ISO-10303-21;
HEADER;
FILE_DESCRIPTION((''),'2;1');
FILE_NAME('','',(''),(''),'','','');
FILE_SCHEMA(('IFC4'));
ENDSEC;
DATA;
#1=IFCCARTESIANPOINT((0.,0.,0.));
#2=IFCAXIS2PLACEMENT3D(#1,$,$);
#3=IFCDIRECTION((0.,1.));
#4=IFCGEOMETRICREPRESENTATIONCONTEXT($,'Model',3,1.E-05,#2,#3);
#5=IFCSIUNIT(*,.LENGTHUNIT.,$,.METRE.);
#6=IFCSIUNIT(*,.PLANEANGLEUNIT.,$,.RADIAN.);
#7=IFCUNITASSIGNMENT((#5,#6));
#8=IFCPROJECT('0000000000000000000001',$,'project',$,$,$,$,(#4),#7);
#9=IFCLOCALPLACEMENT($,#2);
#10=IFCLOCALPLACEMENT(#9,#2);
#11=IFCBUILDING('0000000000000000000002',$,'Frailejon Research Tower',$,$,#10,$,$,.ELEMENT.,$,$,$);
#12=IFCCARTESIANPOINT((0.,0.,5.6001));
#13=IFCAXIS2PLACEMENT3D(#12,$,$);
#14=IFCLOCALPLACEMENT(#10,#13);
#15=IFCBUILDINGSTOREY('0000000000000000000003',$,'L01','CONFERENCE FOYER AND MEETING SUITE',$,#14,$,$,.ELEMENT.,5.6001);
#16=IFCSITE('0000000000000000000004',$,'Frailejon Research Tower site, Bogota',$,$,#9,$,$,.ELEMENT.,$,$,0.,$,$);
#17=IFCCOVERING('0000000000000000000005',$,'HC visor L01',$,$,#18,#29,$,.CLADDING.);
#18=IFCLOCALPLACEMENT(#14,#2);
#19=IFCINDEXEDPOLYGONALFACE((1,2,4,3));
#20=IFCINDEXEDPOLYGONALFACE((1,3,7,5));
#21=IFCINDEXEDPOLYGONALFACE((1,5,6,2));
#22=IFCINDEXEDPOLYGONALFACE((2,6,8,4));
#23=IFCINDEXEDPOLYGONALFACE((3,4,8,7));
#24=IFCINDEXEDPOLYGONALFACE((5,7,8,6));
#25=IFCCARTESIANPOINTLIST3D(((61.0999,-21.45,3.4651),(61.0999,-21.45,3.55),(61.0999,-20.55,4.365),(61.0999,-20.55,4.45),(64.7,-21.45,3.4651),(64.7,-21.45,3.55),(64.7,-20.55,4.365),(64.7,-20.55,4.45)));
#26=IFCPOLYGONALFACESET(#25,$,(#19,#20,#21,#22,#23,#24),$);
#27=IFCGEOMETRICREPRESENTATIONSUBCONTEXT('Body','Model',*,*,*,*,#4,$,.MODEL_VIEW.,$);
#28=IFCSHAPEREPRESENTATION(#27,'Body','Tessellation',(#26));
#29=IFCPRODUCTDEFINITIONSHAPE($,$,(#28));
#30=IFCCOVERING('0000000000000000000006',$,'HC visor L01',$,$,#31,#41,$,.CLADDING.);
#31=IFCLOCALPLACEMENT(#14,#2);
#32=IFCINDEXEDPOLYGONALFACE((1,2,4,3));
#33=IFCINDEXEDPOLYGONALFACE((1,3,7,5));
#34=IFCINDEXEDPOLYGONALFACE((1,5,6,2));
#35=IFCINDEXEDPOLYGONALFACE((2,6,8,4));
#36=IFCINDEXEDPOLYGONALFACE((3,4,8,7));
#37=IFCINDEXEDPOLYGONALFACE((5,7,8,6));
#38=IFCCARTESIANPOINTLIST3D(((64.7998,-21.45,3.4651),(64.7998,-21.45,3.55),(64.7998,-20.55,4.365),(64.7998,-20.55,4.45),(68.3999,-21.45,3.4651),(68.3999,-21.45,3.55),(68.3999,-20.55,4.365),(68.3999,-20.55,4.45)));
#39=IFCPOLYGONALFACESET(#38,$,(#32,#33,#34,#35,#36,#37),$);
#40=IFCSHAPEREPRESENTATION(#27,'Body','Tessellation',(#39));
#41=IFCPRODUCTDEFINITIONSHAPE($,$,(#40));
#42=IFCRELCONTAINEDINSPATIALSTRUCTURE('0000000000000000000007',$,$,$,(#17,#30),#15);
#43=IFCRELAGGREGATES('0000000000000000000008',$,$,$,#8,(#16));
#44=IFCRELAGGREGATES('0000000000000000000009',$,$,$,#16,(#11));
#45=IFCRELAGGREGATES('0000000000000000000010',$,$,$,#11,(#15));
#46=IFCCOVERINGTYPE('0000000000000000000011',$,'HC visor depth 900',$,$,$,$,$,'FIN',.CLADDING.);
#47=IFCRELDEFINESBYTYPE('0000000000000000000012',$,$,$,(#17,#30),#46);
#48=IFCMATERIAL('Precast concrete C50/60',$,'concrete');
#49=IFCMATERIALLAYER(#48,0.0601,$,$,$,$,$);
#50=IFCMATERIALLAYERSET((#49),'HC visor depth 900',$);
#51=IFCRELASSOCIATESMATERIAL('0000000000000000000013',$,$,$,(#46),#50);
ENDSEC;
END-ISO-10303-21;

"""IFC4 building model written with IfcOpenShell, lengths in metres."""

from ifc_helpers import new_model, si_unit, direction, frame, origin, place, context, subcontext, project, spatial, polyline, outline, extrude, material, layer, layer_set, type_object, element, save


model = new_model("IFC4")

# Units and contexts
model_context = context("Model", 3, precision=1e-05, world=origin(), true_north=direction((0.0, 1.0)))
body_context = subcontext(model_context, "Body", "Model", "MODEL_VIEW")
ifc_project = project(units=[si_unit("LENGTHUNIT", "METRE"), si_unit("PLANEANGLEUNIT", "RADIAN")], contexts=[model_context])

# Site, building, storey
site_placement = place(None, origin())
site = spatial("IfcSite", under=ifc_project, at=site_placement, Name="Frailejon Research Tower site, Bogota", CompositionType="ELEMENT", RefElevation=0.0)
building_placement = place(site_placement, origin())
building = spatial("IfcBuilding", under=site, at=building_placement, Name="Frailejon Research Tower", CompositionType="ELEMENT")
storey_placement = place(building_placement, frame((0.0, 0.0, 5.6001)))
storey = spatial("IfcBuildingStorey", under=building, at=storey_placement, Name="L01", Description="CONFERENCE FOYER AND MEETING SUITE", CompositionType="ELEMENT", Elevation=5.6001)

# Coverings
ifc_material_1 = material(Name="Precast concrete C50/60", Category="concrete")
ifc_layer_1 = layer(ifc_material_1, 0.0601)
ifc_layer_set_1 = layer_set([ifc_layer_1], Name="HC visor depth 900")
covering_type = type_object("IfcCoveringType", Name="HC visor depth 900", ElementType="FIN", PredefinedType="CLADDING", material=ifc_layer_set_1)
for number, where, z_axis, x_axis, name in (
    (1, (64.7, -20.55, 4.45), (-1.0, 0.0, 0.0), (0.0, -1.0, 0.0), "HC visor L01"),
    (2, (68.3999, -20.55, 4.45), (-1.0, 0.0, 0.0), (0.0, -1.0, 0.0), "HC visor L01"),
):
    element("IfcCovering", number, at=place(storey_placement, frame(where, z_axis=z_axis, x_axis=x_axis)), inside=storey, type_object=covering_type, Name=name, PredefinedType="CLADDING", context=body_context, shape_type="SweptSolid", body=[
        extrude(outline(polyline([(0.0, -0.085), (0.8999, -0.9849), (0.8999, -0.8999), (0.0, 0.0), (0.0, -0.085)])), origin(), (0.0, 0.0, 1.0), 3.6001),
    ])

save(model, "model.ifc")
